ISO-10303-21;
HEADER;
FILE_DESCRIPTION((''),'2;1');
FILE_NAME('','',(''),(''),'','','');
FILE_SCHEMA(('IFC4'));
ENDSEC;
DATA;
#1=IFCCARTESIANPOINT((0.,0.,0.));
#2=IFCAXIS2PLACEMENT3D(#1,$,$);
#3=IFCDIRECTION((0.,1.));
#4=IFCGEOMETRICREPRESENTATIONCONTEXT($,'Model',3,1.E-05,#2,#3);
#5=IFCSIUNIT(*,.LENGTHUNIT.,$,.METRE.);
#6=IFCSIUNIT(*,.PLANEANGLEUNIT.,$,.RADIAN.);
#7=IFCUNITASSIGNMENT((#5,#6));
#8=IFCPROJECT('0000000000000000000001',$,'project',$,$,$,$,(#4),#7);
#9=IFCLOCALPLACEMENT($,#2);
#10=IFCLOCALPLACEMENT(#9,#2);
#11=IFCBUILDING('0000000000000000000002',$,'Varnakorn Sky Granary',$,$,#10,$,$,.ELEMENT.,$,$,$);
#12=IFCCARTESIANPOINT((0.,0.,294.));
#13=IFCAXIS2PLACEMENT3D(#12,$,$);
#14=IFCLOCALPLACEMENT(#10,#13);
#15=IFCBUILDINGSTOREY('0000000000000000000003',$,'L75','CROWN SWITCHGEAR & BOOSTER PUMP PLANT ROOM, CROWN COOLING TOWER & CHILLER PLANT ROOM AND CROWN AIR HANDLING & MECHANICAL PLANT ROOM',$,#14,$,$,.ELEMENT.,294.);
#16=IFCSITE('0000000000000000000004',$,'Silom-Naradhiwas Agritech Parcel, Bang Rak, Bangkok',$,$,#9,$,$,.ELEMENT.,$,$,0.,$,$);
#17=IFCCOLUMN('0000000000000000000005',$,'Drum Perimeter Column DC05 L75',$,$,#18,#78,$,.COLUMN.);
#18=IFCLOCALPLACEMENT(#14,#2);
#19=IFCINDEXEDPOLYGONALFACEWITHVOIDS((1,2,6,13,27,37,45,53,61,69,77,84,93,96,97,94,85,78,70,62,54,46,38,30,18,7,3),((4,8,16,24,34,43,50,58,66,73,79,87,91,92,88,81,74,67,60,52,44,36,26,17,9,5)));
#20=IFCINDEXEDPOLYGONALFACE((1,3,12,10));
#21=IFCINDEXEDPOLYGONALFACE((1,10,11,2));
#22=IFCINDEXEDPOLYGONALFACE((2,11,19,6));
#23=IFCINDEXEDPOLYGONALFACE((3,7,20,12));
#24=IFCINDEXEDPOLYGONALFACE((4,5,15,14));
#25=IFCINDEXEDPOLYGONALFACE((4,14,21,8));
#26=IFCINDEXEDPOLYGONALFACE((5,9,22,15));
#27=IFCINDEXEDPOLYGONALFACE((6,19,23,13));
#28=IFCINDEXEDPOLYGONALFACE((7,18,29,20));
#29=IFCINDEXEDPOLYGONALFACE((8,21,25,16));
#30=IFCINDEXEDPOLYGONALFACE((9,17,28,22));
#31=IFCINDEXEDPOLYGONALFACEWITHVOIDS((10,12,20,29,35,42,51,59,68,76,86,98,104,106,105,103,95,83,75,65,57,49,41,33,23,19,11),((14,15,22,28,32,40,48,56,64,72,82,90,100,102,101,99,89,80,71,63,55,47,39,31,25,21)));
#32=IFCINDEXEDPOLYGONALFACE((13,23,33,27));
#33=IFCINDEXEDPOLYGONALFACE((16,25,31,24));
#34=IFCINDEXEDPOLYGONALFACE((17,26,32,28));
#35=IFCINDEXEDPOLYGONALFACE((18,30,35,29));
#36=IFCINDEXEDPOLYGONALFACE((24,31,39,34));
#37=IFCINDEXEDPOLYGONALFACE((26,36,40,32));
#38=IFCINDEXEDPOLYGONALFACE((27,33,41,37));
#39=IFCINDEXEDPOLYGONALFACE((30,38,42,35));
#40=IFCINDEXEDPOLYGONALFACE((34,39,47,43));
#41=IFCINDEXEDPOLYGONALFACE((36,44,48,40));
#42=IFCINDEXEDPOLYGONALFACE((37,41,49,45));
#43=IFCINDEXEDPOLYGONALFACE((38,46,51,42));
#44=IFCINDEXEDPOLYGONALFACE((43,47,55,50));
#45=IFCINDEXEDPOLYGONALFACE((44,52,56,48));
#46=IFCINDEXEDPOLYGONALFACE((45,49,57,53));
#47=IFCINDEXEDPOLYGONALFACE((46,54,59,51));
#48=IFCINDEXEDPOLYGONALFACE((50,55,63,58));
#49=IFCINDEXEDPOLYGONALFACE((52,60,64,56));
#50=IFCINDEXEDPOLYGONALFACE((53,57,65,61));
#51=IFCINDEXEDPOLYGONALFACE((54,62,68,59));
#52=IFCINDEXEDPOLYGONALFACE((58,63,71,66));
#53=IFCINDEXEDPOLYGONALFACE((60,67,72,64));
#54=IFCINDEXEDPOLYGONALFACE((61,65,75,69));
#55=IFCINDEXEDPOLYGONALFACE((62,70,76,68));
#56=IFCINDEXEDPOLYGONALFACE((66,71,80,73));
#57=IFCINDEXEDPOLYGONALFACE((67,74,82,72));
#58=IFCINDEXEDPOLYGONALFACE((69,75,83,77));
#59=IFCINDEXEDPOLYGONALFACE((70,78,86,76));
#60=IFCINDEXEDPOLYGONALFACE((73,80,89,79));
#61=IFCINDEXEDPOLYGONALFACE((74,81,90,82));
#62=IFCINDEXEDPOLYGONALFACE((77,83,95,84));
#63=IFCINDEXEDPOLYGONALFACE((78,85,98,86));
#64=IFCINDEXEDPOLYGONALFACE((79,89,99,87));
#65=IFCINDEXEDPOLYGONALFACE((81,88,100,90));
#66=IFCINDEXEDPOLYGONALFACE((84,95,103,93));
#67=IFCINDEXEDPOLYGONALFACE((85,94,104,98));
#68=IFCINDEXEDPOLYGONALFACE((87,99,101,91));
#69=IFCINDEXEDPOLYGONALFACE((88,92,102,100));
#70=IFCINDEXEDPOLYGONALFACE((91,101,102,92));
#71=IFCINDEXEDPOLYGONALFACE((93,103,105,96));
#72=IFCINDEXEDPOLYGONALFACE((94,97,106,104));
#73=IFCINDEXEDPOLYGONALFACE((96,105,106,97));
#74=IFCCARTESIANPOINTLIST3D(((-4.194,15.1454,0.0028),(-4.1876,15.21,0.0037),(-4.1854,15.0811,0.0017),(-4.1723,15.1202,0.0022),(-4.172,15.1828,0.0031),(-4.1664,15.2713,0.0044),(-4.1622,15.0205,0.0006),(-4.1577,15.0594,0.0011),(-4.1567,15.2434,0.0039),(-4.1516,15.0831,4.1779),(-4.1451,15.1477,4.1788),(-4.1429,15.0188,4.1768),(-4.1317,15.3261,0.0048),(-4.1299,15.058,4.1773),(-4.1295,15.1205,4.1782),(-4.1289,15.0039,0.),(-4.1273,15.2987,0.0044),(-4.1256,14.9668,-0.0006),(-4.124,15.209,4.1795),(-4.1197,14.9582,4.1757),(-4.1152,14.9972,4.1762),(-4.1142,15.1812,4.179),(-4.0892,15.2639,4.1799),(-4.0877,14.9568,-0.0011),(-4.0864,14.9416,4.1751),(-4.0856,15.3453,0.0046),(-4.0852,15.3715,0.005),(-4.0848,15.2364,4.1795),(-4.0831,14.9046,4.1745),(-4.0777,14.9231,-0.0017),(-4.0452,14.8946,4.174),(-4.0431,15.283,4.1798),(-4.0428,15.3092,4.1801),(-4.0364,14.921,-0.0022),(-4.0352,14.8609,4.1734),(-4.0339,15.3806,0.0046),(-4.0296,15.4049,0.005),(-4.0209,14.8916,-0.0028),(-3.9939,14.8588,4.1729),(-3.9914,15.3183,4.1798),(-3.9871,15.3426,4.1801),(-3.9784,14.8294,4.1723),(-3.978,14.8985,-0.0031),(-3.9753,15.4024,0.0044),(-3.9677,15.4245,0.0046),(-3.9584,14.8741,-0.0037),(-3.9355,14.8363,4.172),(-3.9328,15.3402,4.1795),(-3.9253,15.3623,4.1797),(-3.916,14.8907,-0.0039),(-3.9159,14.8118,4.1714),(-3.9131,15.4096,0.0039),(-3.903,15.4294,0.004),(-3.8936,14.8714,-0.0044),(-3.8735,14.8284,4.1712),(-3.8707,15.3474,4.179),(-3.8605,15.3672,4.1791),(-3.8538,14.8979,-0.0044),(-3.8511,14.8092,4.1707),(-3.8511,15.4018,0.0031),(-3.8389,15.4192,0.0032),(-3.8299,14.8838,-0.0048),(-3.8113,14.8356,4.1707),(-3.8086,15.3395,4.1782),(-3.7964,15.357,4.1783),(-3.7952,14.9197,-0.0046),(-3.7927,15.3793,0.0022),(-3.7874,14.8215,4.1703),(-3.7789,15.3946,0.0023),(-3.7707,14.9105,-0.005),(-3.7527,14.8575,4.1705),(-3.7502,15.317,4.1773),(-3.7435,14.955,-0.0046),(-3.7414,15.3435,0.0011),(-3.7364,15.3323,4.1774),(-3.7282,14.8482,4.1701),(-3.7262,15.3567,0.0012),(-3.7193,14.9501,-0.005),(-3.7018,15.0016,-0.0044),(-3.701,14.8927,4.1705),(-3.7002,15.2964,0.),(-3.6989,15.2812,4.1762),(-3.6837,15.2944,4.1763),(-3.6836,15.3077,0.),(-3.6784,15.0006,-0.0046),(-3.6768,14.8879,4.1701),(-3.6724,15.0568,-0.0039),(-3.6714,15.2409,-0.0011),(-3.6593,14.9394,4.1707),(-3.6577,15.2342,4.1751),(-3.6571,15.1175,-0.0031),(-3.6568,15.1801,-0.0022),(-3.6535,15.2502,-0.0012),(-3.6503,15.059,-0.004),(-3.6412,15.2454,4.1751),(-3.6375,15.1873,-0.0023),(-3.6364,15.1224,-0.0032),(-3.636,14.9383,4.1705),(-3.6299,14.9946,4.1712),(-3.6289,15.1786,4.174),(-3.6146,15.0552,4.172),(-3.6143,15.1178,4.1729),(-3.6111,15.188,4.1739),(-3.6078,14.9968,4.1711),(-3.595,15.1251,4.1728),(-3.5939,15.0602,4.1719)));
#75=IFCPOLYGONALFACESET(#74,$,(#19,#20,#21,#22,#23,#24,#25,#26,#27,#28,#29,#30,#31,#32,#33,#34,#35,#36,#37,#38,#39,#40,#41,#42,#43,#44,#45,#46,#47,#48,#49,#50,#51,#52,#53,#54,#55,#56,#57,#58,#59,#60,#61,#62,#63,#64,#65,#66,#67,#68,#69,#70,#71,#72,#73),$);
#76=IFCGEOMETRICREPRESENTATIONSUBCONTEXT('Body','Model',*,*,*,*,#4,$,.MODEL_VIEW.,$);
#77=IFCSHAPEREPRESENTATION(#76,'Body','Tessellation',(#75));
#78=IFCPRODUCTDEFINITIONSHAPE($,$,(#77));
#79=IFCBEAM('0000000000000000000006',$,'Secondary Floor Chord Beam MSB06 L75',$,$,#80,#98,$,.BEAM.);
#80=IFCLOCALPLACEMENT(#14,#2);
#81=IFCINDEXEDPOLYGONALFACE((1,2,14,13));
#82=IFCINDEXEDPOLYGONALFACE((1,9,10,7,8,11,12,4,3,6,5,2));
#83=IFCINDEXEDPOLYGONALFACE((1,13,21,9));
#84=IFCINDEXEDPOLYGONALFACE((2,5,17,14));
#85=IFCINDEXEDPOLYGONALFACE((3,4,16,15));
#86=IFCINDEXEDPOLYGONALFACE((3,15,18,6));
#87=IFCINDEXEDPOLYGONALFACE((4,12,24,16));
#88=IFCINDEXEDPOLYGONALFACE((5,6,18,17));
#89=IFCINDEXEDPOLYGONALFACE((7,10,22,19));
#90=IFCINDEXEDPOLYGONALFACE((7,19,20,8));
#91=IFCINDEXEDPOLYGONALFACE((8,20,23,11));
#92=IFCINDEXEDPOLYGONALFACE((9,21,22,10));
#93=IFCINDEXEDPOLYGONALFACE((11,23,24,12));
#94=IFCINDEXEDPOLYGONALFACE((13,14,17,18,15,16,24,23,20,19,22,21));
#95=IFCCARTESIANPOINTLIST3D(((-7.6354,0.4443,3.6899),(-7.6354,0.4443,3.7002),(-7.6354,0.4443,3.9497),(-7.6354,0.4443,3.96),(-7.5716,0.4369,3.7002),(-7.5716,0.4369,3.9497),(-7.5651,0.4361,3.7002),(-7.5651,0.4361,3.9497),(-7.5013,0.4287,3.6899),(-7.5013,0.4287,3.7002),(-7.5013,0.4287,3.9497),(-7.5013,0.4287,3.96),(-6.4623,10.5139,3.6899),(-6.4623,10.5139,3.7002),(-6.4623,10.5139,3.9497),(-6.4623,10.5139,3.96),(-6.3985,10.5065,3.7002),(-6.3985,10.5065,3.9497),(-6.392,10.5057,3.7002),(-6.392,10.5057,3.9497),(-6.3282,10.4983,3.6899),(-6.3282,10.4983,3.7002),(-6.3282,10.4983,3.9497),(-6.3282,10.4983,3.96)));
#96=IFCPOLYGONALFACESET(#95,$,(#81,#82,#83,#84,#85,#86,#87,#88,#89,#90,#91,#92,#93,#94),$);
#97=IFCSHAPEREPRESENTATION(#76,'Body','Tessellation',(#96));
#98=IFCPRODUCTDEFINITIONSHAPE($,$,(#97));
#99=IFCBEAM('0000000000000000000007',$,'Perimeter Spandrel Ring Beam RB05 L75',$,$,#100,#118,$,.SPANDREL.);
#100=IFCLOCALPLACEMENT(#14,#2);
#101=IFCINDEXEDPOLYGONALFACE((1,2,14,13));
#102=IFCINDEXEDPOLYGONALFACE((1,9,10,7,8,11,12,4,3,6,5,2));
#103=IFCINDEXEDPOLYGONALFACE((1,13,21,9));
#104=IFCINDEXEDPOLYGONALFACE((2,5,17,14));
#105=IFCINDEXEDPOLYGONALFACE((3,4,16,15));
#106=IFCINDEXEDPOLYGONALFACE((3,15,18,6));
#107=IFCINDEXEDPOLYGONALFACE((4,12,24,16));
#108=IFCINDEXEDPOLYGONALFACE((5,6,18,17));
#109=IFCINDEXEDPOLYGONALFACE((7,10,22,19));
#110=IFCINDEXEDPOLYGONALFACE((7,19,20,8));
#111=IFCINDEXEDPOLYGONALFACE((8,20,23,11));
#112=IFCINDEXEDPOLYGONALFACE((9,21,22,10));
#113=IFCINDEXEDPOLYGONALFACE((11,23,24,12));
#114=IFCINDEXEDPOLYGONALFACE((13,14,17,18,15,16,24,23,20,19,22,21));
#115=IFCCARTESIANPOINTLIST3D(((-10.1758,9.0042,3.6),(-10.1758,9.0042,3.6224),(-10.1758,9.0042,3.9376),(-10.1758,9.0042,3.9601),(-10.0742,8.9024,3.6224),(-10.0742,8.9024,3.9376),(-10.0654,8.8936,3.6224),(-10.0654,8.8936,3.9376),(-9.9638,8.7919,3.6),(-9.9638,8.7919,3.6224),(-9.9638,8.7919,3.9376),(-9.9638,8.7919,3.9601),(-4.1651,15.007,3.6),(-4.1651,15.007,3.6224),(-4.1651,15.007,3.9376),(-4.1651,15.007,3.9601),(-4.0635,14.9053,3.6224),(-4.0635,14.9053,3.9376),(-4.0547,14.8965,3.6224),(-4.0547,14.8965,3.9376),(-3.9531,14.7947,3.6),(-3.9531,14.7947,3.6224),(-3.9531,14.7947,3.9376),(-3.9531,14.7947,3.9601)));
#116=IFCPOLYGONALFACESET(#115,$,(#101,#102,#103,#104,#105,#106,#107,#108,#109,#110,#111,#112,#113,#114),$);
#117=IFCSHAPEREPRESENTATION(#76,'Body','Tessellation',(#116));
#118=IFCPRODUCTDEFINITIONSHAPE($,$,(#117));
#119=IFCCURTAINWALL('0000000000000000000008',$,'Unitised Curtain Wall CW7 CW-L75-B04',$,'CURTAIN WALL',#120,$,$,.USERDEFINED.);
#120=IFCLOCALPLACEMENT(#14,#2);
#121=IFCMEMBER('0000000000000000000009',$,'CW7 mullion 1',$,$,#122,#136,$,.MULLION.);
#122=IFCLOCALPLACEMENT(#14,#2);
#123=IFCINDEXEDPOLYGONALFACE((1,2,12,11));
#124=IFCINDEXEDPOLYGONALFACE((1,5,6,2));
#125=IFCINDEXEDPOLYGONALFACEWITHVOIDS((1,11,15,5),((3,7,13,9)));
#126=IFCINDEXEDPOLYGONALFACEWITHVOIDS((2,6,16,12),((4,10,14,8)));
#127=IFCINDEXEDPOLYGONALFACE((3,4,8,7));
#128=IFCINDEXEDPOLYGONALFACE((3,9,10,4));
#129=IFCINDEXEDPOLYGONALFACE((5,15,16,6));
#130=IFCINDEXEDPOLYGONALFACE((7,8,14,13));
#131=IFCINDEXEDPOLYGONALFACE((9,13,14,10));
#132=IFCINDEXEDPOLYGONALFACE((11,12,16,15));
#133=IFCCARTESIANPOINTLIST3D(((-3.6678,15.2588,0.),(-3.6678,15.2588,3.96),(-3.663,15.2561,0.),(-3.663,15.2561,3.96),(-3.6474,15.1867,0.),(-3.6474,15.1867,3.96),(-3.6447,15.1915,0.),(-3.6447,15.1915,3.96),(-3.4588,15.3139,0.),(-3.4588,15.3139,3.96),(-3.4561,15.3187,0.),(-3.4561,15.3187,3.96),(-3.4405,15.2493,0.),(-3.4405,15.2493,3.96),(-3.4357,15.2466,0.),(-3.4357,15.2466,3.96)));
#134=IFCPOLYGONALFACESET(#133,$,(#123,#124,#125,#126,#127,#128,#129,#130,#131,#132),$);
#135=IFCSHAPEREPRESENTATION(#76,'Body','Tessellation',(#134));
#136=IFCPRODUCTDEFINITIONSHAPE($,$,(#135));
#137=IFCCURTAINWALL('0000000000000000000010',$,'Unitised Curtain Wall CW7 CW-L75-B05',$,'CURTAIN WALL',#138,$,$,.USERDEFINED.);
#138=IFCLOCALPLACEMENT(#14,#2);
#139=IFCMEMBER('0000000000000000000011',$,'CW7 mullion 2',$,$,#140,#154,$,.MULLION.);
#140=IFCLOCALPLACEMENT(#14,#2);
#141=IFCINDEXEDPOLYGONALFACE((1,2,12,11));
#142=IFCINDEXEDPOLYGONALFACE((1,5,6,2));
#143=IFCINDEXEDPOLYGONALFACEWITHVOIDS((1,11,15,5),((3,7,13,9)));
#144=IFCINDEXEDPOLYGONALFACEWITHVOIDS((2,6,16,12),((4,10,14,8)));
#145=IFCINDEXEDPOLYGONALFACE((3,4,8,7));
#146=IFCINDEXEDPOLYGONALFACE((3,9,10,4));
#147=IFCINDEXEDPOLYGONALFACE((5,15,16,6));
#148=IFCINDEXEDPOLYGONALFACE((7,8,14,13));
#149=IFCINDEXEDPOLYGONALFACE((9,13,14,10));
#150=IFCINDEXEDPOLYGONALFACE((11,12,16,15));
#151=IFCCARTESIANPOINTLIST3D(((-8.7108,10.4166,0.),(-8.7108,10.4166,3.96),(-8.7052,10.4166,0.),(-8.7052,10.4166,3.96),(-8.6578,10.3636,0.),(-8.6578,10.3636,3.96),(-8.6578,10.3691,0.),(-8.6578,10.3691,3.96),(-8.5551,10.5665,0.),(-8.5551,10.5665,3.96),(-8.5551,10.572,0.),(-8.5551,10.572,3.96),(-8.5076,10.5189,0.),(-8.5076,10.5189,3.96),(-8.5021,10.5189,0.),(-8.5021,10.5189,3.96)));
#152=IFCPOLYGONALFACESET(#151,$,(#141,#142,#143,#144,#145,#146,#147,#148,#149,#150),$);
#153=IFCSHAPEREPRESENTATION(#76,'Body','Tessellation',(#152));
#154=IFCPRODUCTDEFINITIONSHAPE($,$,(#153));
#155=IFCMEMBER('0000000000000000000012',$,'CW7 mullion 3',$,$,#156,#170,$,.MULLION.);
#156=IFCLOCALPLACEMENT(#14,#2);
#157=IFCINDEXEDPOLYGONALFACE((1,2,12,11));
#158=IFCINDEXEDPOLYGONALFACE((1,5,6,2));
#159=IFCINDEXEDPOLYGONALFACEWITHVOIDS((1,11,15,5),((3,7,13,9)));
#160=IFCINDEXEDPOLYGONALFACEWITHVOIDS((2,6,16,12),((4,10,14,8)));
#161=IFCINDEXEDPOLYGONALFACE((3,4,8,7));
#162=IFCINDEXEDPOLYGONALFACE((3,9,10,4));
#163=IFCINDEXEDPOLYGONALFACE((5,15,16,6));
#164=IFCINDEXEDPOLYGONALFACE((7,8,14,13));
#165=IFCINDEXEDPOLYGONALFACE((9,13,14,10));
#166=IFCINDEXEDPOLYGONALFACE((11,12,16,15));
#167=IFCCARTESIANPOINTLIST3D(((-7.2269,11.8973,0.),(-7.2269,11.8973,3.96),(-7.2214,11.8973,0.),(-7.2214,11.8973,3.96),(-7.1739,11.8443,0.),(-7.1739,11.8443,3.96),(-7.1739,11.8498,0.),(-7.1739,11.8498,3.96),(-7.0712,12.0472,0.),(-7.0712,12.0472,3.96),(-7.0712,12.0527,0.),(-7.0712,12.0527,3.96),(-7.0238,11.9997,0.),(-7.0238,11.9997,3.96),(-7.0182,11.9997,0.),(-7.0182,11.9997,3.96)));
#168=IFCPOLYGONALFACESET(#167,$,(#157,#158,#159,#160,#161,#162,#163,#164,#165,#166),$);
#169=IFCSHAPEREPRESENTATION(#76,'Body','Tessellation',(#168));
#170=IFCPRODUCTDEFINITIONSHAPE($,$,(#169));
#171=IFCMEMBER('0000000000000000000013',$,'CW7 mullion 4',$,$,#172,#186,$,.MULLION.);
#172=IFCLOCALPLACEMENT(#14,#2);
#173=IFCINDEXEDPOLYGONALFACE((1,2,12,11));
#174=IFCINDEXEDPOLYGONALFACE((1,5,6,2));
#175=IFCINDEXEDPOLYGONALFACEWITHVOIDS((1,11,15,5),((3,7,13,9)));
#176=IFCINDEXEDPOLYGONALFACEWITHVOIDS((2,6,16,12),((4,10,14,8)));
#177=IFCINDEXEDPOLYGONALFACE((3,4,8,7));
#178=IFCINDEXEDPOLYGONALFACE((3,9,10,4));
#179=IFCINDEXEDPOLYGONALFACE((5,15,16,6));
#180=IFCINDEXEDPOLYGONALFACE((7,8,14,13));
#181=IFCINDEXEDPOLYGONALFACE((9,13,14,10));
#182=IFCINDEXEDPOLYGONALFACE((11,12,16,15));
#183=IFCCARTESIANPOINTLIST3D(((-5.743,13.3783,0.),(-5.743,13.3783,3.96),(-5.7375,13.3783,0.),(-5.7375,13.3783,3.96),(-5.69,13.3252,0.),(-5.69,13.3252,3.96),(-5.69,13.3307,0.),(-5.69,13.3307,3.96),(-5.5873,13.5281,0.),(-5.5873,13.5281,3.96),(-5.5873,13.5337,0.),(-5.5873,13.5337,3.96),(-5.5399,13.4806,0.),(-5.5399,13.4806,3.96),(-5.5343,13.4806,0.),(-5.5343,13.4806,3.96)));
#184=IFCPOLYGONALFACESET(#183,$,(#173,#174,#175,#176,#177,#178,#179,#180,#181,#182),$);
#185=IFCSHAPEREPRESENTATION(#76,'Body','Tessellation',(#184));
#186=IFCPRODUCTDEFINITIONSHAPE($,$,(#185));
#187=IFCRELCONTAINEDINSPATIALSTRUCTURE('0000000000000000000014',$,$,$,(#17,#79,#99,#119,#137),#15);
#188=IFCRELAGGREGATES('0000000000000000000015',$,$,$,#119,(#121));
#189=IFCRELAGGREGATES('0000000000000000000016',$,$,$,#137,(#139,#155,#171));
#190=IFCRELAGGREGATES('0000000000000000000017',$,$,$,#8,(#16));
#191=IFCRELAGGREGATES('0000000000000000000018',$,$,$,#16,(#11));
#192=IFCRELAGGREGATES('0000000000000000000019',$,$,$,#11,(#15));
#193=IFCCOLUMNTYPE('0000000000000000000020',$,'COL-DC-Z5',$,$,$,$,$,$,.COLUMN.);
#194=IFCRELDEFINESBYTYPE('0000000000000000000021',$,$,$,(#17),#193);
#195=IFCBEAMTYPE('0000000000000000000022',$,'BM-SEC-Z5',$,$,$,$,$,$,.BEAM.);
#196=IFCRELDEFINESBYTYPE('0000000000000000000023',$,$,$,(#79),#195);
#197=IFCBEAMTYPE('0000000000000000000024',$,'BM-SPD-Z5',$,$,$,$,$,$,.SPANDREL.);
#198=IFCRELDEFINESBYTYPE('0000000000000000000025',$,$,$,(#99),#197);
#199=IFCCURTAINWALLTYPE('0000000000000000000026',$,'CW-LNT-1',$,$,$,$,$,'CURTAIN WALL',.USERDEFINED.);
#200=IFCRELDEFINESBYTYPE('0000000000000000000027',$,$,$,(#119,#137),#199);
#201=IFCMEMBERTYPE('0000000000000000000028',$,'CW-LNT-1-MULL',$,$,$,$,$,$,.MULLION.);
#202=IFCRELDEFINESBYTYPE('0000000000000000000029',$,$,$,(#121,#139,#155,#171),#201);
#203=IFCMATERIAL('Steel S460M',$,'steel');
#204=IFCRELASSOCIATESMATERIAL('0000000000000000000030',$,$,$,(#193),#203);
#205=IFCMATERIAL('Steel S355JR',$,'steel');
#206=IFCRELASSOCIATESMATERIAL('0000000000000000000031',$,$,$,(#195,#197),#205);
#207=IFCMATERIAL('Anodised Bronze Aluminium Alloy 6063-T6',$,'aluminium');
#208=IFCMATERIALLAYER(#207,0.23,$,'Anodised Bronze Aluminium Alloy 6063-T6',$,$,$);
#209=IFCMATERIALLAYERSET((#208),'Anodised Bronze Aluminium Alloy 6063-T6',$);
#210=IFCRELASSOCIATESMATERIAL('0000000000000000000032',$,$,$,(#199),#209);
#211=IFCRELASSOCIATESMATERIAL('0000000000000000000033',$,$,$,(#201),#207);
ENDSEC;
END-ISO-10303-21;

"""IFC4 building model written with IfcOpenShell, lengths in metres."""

from ifc_helpers import new_model, si_unit, direction, frame, origin, origin_2d, place, context, subcontext, project, spatial, hollow_rectangle, hollow_circle, i_section, extrude, material, layer, layer_set, material_profile, profile_set, type_object, element, aggregate, save


model = new_model("IFC4")

# Units and contexts
model_context = context("Model", 3, precision=1e-05, world=origin(), true_north=direction((0.0, 1.0)))
body_context = subcontext(model_context, "Body", "Model", "MODEL_VIEW")
ifc_project = project(units=[si_unit("LENGTHUNIT", "METRE"), si_unit("PLANEANGLEUNIT", "RADIAN")], contexts=[model_context])

# Site, building, storey
site_placement = place(None, origin())
site = spatial("IfcSite", under=ifc_project, at=site_placement, Name="Silom-Naradhiwas Agritech Parcel, Bang Rak, Bangkok", CompositionType="ELEMENT", RefElevation=0.0)
building_placement = place(site_placement, origin())
building = spatial("IfcBuilding", under=site, at=building_placement, Name="Varnakorn Sky Granary", CompositionType="ELEMENT")
storey_placement = place(building_placement, frame((0.0, 0.0, 294.0)))
storey = spatial("IfcBuildingStorey", under=building, at=storey_placement, Name="L75", Description="CROWN SWITCHGEAR & BOOSTER PUMP PLANT ROOM, CROWN COOLING TOWER & CHILLER PLANT ROOM AND CROWN AIR HANDLING & MECHANICAL PLANT ROOM", CompositionType="ELEMENT", Elevation=294.0)

# Column
ifc_material_1 = material(Name="Steel S460M", Category="steel")
ifc_material_profile_1 = material_profile(ifc_material_1, hollow_circle(Radius=0.2795, WallThickness=0.02, at=origin_2d()), Name="CHS 559x20")
ifc_profile_set_1 = profile_set([ifc_material_profile_1], Name="Steel S460M")
column_type = type_object("IfcColumnType", Name="COL-DC-Z5", PredefinedType="COLUMN", material=ifc_profile_set_1)
column_placement = place(storey_placement, frame((-3.9146, 15.1501, 0.0), z_axis=(0.010173, -0.014909, 0.999837), x_axis=(0.826022, 0.563638, 0.0)))
element("IfcColumn", 1, at=column_placement, inside=storey, type_object=column_type, Name="Drum Perimeter Column DC05 L75", PredefinedType="COLUMN", context=body_context, shape_type="SweptSolid", body=[
    extrude(hollow_circle(Radius=0.2795, WallThickness=0.02, at=origin_2d()), origin(), (0.0, 0.0, 1.0), 4.1758),
])

# Beams
ifc_material_2 = material(Name="Steel S355JR", Category="steel")
ifc_material_profile_2 = material_profile(ifc_material_2, i_section(OverallWidth=0.135, OverallDepth=0.27, WebThickness=0.0066, FlangeThickness=0.0103, at=origin_2d()), Name="IPE 270")
ifc_profile_set_2 = profile_set([ifc_material_profile_2], Name="Steel S355JR")
beam_type_1 = type_object("IfcBeamType", Name="BM-SEC-Z5", PredefinedType="BEAM", material=ifc_profile_set_2)
beam_1_placement = place(storey_placement, frame((-6.3953, 10.5061, 3.825), z_axis=(-0.115716, -0.993282, 0.0), x_axis=(0.993282, -0.115716, 0.0)))
element("IfcBeam", 2, at=beam_1_placement, inside=storey, type_object=beam_type_1, Name="Secondary Floor Chord Beam MSB06 L75", PredefinedType="BEAM", context=body_context, shape_type="SweptSolid", body=[
    extrude(i_section(OverallWidth=0.135, OverallDepth=0.27, WebThickness=0.0066, FlangeThickness=0.0103, at=origin_2d()), origin(), (0.0, 0.0, 1.0), 10.1377),
])
ifc_material_profile_3 = material_profile(ifc_material_2, i_section(OverallWidth=0.3, OverallDepth=0.3601, WebThickness=0.0125, FlangeThickness=0.0225, at=origin_2d()), Name="HE 360 B")
ifc_profile_set_3 = profile_set([ifc_material_profile_3], Name="Steel S355JR")
beam_type_2 = type_object("IfcBeamType", Name="BM-SPD-Z5", PredefinedType="SPANDREL", material=ifc_profile_set_3)
beam_2_placement = place(storey_placement, frame((-4.0591, 14.9009, 3.78), z_axis=(-0.707566, -0.706647, 0.0), x_axis=(0.706647, -0.707566, 0.0)))
element("IfcBeam", 3, at=beam_2_placement, inside=storey, type_object=beam_type_2, Name="Perimeter Spandrel Ring Beam RB05 L75", PredefinedType="SPANDREL", context=body_context, shape_type="SweptSolid", body=[
    extrude(i_section(OverallWidth=0.3, OverallDepth=0.3601, WebThickness=0.0125, FlangeThickness=0.0225, at=origin_2d()), origin(), (0.0, 0.0, 1.0), 8.4949),
])

# Curtain wall, member
ifc_material_3 = material(Name="Anodised Bronze Aluminium Alloy 6063-T6", Category="aluminium")
ifc_layer_1 = layer(ifc_material_3, 0.23, Name="Anodised Bronze Aluminium Alloy 6063-T6")
ifc_layer_set_1 = layer_set([ifc_layer_1], Name="Anodised Bronze Aluminium Alloy 6063-T6")
curtain_wall_type = type_object("IfcCurtainWallType", Name="CW-LNT-1", ElementType="CURTAIN WALL", PredefinedType="USERDEFINED", material=ifc_layer_set_1)
curtain_wall_1_placement = place(storey_placement, origin())
curtain_wall_1 = element("IfcCurtainWall", 4, at=curtain_wall_1_placement, inside=storey, type_object=curtain_wall_type, Name="Unitised Curtain Wall CW7 CW-L75-B04", ObjectType="CURTAIN WALL", PredefinedType="USERDEFINED")
ifc_material_profile_4 = material_profile(ifc_material_3, hollow_rectangle(XDim=0.075, YDim=0.22, WallThickness=0.0039, at=origin_2d()), Name="ALU MULL 75x220")
ifc_profile_set_4 = profile_set([ifc_material_profile_4], Name="Anodised Bronze Aluminium Alloy 6063-T6")
member_type_1 = type_object("IfcMemberType", Name="CW-LNT-1-MULL", PredefinedType="MULLION", material=ifc_profile_set_4)
member_1_placement = place(storey_placement, frame((-3.5518, 15.2527, 0.0), z_axis=(0.0, 0.0, 1.0), x_axis=(-0.272147, 0.962256, 0.0)))
member_1 = element("IfcMember", 5, at=member_1_placement, type_object=member_type_1, Name="CW7 mullion 1", PredefinedType="MULLION", context=body_context, shape_type="SweptSolid", body=[
    extrude(hollow_rectangle(XDim=0.075, YDim=0.22, WallThickness=0.0039, at=origin_2d()), origin(), (0.0, 0.0, 1.0), 3.96),
])

# Curtain wall, members
curtain_wall_2_placement = place(storey_placement, origin())
curtain_wall_2 = element("IfcCurtainWall", 6, at=curtain_wall_2_placement, inside=storey, type_object=curtain_wall_type, Name="Unitised Curtain Wall CW7 CW-L75-B05", ObjectType="CURTAIN WALL", PredefinedType="USERDEFINED")
member_2_placement = place(storey_placement, frame((-8.6064, 10.4678, 0.0), z_axis=(0.0, 0.0, 1.0), x_axis=(-0.706397, 0.707816, 0.0)))
member_2 = element("IfcMember", 7, at=member_2_placement, type_object=member_type_1, Name="CW7 mullion 2", PredefinedType="MULLION", context=body_context, shape_type="SweptSolid", body=[
    extrude(hollow_rectangle(XDim=0.075, YDim=0.22, WallThickness=0.0039, at=origin_2d()), origin(), (0.0, 0.0, 1.0), 3.96),
])
member_3_placement = place(storey_placement, frame((-7.1226, 11.9485, 0.0), z_axis=(0.0, 0.0, 1.0), x_axis=(-0.706397, 0.707816, 0.0)))
member_3 = element("IfcMember", 8, at=member_3_placement, type_object=member_type_1, Name="CW7 mullion 3", PredefinedType="MULLION", context=body_context, shape_type="SweptSolid", body=[
    extrude(hollow_rectangle(XDim=0.075, YDim=0.22, WallThickness=0.0039, at=origin_2d()), origin(), (0.0, 0.0, 1.0), 3.96),
])
member_4_placement = place(storey_placement, frame((-5.6387, 13.4294, 0.0), z_axis=(0.0, 0.0, 1.0), x_axis=(-0.706397, 0.707816, 0.0)))
member_4 = element("IfcMember", 9, at=member_4_placement, type_object=member_type_1, Name="CW7 mullion 4", PredefinedType="MULLION", context=body_context, shape_type="SweptSolid", body=[
    extrude(hollow_rectangle(XDim=0.075, YDim=0.22, WallThickness=0.0039, at=origin_2d()), origin(), (0.0, 0.0, 1.0), 3.96),
])

aggregate(curtain_wall_1, [member_1])

aggregate(curtain_wall_2, [member_2, member_3, member_4])

save(model, "model.ifc")
